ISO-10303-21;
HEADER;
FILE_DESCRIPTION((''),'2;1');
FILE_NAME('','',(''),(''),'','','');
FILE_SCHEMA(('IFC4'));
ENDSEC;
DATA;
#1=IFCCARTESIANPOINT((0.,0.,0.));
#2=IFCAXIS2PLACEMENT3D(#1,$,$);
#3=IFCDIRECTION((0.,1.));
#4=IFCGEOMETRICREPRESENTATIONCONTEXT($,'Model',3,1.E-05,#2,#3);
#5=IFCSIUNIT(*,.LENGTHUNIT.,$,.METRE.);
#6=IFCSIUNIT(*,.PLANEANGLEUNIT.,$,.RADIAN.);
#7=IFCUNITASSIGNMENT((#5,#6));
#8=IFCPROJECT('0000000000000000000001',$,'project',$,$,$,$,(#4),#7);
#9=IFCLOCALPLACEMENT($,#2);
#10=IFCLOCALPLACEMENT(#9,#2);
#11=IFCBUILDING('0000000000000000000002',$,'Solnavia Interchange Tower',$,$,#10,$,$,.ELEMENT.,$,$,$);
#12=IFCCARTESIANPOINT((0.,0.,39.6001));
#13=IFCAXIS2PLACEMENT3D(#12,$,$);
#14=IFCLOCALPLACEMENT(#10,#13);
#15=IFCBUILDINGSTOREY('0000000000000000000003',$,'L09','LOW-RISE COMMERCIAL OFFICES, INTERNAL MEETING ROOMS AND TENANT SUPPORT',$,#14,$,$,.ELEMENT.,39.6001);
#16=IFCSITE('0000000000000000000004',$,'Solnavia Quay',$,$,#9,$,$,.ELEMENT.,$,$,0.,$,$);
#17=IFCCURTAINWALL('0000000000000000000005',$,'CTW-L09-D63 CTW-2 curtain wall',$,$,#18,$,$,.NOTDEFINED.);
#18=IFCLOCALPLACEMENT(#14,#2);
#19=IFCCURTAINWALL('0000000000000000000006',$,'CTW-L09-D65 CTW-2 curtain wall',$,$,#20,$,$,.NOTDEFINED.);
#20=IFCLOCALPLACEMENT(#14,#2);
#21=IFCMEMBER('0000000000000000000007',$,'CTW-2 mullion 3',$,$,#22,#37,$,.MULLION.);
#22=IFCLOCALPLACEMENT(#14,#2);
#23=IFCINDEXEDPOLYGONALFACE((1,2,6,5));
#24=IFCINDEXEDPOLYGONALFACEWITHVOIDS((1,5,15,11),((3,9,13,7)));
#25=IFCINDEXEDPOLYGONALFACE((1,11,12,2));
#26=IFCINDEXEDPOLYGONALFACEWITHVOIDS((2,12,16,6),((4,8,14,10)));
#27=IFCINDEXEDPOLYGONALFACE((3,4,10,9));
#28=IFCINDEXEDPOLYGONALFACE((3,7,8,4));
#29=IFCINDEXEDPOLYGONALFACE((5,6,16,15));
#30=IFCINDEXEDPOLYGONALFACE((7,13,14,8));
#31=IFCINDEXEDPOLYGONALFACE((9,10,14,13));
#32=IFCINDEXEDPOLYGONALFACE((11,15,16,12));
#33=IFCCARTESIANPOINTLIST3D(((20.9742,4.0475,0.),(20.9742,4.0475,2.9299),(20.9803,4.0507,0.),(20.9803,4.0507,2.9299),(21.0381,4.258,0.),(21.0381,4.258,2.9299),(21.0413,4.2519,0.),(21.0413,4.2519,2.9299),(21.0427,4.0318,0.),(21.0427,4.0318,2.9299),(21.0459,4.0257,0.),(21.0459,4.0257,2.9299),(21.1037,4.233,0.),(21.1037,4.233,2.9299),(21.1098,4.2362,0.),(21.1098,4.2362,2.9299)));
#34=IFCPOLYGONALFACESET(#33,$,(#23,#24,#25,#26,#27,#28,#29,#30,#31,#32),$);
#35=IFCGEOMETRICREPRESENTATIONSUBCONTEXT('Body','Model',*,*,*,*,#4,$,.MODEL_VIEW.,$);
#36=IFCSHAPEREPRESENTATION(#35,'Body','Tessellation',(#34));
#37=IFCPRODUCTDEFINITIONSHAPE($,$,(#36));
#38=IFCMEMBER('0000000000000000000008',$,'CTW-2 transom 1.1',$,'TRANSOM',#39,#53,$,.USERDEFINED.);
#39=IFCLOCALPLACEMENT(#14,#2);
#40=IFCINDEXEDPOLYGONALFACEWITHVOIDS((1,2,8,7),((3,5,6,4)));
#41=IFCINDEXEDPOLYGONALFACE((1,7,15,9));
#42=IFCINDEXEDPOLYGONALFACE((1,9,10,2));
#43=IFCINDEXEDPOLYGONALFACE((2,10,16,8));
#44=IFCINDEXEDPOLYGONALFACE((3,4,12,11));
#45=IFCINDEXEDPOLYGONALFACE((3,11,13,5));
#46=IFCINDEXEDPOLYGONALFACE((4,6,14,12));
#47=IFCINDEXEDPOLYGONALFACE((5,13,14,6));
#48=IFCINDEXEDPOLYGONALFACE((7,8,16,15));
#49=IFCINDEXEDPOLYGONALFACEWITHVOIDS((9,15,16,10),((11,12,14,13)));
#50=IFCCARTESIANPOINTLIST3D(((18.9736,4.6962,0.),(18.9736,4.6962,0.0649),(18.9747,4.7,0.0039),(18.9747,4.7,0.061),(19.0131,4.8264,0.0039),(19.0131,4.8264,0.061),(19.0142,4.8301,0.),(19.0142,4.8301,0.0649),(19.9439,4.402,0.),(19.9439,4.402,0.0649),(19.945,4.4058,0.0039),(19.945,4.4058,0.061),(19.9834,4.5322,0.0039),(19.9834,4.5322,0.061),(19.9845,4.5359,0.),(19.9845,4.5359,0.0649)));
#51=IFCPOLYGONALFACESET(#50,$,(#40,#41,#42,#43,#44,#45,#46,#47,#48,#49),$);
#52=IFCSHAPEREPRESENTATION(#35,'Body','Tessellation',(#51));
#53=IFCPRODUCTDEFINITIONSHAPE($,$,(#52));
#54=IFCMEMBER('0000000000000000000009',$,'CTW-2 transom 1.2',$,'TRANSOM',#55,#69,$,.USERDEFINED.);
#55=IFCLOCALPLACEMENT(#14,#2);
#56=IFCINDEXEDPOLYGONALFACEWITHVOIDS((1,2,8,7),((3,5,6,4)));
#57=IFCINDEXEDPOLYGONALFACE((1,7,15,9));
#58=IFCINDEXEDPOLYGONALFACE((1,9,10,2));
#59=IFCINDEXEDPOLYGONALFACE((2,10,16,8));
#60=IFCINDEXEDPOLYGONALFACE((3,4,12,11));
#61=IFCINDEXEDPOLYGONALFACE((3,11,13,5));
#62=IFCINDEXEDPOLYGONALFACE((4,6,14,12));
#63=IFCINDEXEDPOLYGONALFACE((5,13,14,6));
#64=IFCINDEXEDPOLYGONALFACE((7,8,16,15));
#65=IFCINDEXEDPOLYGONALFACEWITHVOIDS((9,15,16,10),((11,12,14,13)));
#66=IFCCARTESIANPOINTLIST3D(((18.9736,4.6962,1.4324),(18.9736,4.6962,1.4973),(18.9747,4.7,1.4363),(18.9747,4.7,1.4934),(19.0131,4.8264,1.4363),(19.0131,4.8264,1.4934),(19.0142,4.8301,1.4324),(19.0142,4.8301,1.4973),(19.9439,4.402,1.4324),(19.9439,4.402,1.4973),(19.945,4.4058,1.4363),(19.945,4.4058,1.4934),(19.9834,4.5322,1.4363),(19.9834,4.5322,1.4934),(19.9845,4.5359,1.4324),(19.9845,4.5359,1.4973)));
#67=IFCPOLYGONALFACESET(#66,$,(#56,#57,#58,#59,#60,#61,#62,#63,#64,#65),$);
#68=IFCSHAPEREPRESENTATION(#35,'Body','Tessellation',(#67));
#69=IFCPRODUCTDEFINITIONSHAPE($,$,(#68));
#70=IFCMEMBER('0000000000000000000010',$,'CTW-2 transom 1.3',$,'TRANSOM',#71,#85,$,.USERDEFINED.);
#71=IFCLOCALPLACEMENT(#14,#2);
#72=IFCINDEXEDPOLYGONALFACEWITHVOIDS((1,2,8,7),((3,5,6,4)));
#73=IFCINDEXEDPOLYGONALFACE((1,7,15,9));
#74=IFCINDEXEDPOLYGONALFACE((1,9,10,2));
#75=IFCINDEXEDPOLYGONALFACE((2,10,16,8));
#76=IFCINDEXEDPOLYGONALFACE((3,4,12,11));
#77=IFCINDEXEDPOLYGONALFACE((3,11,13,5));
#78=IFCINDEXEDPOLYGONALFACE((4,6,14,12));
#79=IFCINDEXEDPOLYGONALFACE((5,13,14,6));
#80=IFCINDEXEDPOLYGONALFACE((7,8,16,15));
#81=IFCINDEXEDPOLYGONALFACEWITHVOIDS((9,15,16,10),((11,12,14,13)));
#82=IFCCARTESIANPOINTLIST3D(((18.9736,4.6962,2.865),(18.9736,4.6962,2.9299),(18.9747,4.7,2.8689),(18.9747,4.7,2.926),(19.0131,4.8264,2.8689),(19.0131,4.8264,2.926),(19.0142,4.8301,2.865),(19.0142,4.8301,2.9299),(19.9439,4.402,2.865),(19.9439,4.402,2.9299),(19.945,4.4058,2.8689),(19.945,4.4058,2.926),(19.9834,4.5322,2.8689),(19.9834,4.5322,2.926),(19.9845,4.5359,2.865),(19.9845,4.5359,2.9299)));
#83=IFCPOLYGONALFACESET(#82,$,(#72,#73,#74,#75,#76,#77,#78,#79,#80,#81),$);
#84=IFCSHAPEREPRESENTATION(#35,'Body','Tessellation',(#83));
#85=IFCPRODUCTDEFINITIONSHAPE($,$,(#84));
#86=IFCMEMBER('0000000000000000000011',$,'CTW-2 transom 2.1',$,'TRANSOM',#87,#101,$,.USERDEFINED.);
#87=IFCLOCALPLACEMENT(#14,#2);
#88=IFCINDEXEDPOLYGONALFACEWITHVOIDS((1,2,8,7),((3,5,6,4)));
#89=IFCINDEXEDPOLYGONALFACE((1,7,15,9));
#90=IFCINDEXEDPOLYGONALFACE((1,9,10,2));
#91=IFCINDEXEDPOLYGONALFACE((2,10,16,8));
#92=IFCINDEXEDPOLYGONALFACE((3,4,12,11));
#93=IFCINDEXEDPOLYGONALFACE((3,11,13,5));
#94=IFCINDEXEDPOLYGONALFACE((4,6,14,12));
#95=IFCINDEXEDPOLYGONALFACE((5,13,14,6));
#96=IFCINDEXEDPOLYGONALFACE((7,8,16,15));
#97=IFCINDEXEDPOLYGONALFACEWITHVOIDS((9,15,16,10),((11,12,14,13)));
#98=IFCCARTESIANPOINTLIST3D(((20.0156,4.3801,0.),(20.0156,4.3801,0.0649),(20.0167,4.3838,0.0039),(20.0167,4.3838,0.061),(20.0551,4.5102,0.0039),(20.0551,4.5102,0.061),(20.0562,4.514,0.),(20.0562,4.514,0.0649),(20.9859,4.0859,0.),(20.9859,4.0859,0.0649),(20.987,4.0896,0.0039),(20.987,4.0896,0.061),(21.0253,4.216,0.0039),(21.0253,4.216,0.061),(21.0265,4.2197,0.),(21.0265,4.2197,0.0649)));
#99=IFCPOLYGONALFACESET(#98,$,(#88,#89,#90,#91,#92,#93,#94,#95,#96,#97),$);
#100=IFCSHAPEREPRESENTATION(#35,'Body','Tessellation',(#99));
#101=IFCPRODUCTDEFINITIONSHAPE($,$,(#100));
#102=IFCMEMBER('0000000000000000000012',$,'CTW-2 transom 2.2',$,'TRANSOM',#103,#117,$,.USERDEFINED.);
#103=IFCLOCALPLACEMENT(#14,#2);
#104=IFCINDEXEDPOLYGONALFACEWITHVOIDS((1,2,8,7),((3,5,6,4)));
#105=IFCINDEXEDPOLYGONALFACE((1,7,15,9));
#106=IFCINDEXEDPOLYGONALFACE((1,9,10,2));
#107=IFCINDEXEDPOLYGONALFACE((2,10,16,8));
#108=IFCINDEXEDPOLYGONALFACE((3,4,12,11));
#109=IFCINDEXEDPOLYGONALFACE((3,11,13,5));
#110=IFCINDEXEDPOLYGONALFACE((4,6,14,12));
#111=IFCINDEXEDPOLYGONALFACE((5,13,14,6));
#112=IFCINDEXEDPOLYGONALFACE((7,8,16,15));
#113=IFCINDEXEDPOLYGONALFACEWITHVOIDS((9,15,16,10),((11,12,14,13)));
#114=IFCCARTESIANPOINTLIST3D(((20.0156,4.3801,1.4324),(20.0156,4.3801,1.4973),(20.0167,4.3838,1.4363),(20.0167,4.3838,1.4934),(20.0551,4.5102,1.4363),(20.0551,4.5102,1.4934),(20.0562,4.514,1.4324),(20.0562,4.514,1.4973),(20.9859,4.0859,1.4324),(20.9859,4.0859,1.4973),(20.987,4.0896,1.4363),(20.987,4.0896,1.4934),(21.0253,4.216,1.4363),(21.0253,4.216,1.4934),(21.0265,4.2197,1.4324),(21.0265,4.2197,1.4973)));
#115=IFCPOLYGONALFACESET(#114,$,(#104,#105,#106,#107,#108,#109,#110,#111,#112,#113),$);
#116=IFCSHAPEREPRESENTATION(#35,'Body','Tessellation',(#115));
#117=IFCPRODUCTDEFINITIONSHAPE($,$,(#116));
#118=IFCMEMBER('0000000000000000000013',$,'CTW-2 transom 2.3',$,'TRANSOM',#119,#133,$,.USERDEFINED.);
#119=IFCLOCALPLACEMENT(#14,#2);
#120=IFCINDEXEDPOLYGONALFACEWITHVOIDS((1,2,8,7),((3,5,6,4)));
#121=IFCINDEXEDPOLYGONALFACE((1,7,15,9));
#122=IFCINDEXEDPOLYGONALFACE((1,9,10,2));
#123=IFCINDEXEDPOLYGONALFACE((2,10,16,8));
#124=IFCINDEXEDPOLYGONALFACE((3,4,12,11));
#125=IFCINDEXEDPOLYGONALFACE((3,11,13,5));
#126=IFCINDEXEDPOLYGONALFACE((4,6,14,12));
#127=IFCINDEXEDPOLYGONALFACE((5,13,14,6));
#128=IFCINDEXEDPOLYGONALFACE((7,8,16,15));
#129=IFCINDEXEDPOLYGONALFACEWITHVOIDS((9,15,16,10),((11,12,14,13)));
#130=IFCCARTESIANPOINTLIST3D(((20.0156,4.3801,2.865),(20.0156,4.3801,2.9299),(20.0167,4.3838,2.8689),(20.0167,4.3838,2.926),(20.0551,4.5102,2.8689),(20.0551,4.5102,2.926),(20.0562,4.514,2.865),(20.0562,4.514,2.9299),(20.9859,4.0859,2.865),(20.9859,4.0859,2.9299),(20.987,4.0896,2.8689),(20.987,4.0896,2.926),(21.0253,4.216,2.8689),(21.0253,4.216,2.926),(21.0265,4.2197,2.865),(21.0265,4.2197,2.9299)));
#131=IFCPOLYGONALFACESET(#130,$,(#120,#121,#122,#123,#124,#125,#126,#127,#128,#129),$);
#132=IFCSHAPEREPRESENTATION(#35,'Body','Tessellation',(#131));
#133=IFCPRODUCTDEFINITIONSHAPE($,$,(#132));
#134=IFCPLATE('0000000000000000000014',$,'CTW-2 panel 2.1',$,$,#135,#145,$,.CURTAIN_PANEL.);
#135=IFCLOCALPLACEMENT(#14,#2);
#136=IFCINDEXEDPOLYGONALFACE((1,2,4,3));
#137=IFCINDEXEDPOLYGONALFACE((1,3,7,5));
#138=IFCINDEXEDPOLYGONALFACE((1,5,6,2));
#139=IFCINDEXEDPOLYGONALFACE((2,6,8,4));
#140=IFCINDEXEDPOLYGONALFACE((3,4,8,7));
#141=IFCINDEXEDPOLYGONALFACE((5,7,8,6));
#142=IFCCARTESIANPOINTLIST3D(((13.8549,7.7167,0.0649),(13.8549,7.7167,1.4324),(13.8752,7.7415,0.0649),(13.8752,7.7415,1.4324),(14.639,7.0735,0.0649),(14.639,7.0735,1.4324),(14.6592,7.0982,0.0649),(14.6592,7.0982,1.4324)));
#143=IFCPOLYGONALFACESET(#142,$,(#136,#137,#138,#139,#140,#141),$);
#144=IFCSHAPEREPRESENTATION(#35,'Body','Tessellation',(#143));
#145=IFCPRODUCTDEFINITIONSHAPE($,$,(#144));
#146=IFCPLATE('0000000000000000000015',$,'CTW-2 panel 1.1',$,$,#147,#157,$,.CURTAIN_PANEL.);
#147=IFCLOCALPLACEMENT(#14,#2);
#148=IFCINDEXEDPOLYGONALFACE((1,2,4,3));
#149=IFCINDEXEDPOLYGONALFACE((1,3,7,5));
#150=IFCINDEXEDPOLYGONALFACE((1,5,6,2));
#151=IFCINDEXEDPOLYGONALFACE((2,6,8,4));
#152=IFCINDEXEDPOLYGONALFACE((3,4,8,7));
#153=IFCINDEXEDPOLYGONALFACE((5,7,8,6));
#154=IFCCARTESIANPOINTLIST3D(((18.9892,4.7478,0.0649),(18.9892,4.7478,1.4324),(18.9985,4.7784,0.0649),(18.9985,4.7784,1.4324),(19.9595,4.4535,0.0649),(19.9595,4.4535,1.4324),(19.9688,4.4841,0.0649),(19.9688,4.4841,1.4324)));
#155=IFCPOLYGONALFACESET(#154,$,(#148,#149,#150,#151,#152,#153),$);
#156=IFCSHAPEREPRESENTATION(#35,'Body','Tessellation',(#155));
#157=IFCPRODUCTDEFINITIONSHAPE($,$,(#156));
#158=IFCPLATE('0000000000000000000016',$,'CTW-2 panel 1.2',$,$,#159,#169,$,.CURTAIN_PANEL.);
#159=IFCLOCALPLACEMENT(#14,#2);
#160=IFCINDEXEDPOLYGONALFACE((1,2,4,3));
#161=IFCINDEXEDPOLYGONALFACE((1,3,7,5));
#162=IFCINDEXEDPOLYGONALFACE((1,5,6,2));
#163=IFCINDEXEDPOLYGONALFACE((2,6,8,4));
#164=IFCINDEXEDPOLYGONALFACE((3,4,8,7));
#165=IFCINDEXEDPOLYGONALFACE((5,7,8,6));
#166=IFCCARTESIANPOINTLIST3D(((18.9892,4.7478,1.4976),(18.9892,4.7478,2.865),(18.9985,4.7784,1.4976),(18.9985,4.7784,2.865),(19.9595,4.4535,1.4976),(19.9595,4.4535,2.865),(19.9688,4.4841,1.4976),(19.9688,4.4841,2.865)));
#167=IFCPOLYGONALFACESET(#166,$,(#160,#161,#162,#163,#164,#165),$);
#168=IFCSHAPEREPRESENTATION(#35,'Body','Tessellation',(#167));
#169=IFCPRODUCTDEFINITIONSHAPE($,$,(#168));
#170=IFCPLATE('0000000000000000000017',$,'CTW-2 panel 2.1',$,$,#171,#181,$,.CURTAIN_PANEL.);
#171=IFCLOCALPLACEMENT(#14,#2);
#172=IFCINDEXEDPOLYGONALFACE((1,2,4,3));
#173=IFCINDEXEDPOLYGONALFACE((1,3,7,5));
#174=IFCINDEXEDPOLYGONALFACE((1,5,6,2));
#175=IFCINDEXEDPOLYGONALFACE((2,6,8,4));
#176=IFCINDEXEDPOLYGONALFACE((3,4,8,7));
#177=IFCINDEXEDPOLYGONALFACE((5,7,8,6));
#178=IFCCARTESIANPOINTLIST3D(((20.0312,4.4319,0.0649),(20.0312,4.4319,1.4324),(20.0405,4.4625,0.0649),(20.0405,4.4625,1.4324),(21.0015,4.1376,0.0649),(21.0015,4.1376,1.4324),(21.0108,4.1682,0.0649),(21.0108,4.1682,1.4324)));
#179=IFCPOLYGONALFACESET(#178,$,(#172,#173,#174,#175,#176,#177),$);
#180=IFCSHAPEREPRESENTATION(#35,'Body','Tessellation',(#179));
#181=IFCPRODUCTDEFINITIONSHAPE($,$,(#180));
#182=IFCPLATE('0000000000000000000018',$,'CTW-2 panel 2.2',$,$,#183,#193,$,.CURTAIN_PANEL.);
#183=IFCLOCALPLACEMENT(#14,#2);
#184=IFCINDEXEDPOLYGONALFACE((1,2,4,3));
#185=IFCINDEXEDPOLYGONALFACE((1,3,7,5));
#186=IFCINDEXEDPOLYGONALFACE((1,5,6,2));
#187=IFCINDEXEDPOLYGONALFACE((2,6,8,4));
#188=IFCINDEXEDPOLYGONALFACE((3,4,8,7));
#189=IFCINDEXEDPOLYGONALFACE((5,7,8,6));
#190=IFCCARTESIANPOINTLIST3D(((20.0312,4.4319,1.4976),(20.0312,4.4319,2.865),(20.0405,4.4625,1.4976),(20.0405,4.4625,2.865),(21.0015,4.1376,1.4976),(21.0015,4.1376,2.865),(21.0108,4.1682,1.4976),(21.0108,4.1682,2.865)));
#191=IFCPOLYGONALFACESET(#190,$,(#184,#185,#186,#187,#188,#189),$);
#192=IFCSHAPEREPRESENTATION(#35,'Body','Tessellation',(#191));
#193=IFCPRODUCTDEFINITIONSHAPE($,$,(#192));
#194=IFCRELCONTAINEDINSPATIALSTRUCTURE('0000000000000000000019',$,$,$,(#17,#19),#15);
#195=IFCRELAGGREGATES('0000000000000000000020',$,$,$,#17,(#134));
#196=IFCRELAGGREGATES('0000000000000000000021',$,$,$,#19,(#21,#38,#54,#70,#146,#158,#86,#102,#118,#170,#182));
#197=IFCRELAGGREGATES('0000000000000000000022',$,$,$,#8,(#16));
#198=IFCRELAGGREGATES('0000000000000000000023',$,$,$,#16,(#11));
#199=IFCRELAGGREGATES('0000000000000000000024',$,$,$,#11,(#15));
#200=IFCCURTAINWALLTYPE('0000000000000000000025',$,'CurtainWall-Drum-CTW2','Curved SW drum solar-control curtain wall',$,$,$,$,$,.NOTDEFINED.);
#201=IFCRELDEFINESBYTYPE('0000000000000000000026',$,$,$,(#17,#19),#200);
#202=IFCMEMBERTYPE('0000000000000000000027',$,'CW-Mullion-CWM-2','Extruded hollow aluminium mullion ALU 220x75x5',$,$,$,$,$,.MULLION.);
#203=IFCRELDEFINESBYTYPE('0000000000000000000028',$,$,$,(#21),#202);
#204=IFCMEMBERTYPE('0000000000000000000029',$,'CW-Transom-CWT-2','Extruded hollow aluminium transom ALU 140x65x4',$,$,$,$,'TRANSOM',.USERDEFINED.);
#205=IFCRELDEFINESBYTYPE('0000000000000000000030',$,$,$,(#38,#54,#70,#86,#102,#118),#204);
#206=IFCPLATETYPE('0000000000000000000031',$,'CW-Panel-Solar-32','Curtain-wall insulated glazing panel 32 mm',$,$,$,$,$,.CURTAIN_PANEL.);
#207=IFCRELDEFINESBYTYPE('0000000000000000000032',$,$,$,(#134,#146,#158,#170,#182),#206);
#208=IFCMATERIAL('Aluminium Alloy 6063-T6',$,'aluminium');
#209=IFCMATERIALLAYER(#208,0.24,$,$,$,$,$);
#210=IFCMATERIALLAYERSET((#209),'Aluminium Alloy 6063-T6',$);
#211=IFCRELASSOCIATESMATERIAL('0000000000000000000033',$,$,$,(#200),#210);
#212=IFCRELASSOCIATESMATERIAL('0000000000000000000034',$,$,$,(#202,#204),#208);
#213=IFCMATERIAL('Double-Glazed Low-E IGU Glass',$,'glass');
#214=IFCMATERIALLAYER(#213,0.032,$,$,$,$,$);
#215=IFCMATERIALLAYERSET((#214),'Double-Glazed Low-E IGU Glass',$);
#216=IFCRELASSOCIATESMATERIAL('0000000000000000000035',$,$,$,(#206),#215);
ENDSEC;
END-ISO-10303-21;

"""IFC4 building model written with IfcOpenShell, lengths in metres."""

from ifc_helpers import new_model, si_unit, direction, frame, origin, origin_2d, place, context, subcontext, project, spatial, rectangle, hollow_rectangle, extrude, material, layer, layer_set, material_profile, profile_set, type_object, element, aggregate, save


model = new_model("IFC4")

# Units and contexts
model_context = context("Model", 3, precision=1e-05, world=origin(), true_north=direction((0.0, 1.0)))
body_context = subcontext(model_context, "Body", "Model", "MODEL_VIEW")
ifc_project = project(units=[si_unit("LENGTHUNIT", "METRE"), si_unit("PLANEANGLEUNIT", "RADIAN")], contexts=[model_context])

# Site, building, storey
site_placement = place(None, origin())
site = spatial("IfcSite", under=ifc_project, at=site_placement, Name="Solnavia Quay", CompositionType="ELEMENT", RefElevation=0.0)
building_placement = place(site_placement, origin())
building = spatial("IfcBuilding", under=site, at=building_placement, Name="Solnavia Interchange Tower", CompositionType="ELEMENT")
storey_placement = place(building_placement, frame((0.0, 0.0, 39.6001)))
storey = spatial("IfcBuildingStorey", under=building, at=storey_placement, Name="L09", Description="LOW-RISE COMMERCIAL OFFICES, INTERNAL MEETING ROOMS AND TENANT SUPPORT", CompositionType="ELEMENT", Elevation=39.6001)

# Curtain wall
ifc_material_1 = material(Name="Aluminium Alloy 6063-T6", Category="aluminium")
ifc_layer_1 = layer(ifc_material_1, 0.24)
ifc_layer_set_1 = layer_set([ifc_layer_1], Name="Aluminium Alloy 6063-T6")
curtain_wall_type = type_object("IfcCurtainWallType", Name="CurtainWall-Drum-CTW2", Description="Curved SW drum solar-control curtain wall", PredefinedType="NOTDEFINED", material=ifc_layer_set_1)
curtain_wall_1_placement = place(storey_placement, origin())
curtain_wall_1 = element("IfcCurtainWall", 1, at=curtain_wall_1_placement, inside=storey, type_object=curtain_wall_type, Name="CTW-L09-D63 CTW-2 curtain wall", PredefinedType="NOTDEFINED")
ifc_material_profile_1 = material_profile(ifc_material_1, hollow_rectangle(XDim=0.075, YDim=0.22, WallThickness=0.0049, at=origin_2d()), Name="ALU 220x75x5")
ifc_profile_set_1 = profile_set([ifc_material_profile_1], Name="Aluminium Alloy 6063-T6")
member_type_1 = type_object("IfcMemberType", Name="CW-Mullion-CWM-2", Description="Extruded hollow aluminium mullion ALU 220x75x5", PredefinedType="MULLION", material=ifc_profile_set_1)

# Curtain wall, members
curtain_wall_2_placement = place(storey_placement, origin())
curtain_wall_2 = element("IfcCurtainWall", 2, at=curtain_wall_2_placement, inside=storey, type_object=curtain_wall_type, Name="CTW-L09-D65 CTW-2 curtain wall", PredefinedType="NOTDEFINED")
member_1_placement = place(storey_placement, frame((21.042, 4.1418, 0.0), z_axis=(0.0, 0.0, 1.0), x_axis=(0.956935, -0.290303, 0.0)))
member_1 = element("IfcMember", 3, at=member_1_placement, type_object=member_type_1, Name="CTW-2 mullion 3", PredefinedType="MULLION", context=body_context, shape_type="SweptSolid", body=[
    extrude(hollow_rectangle(XDim=0.075, YDim=0.22, WallThickness=0.0049, at=origin_2d()), origin(), (0.0, 0.0, 1.0), 2.9299),
])
ifc_material_profile_2 = material_profile(ifc_material_1, hollow_rectangle(XDim=0.0649, YDim=0.1399, WallThickness=0.0039, at=origin_2d()), Name="ALU 140x65x4")
ifc_profile_set_2 = profile_set([ifc_material_profile_2], Name="Aluminium Alloy 6063-T6")
member_type_2 = type_object("IfcMemberType", Name="CW-Transom-CWT-2", Description="Extruded hollow aluminium transom ALU 140x65x4", ElementType="TRANSOM", PredefinedType="USERDEFINED", material=ifc_profile_set_2)
member_2_placement = place(storey_placement, frame((18.9939, 4.7632, 0.0325), z_axis=(0.956974, -0.290174, 0.0), x_axis=(0.0, 0.0, 1.0)))
member_2 = element("IfcMember", 4, at=member_2_placement, type_object=member_type_2, Name="CTW-2 transom 1.1", ObjectType="TRANSOM", PredefinedType="USERDEFINED", context=body_context, shape_type="SweptSolid", body=[
    extrude(hollow_rectangle(XDim=0.0649, YDim=0.1399, WallThickness=0.0039, at=origin_2d()), origin(), (0.0, 0.0, 1.0), 1.0139),
])
member_3_placement = place(storey_placement, frame((18.9939, 4.7632, 1.4648), z_axis=(0.956974, -0.290174, 0.0), x_axis=(0.0, 0.0, 1.0)))
member_3 = element("IfcMember", 5, at=member_3_placement, type_object=member_type_2, Name="CTW-2 transom 1.2", ObjectType="TRANSOM", PredefinedType="USERDEFINED", context=body_context, shape_type="SweptSolid", body=[
    extrude(hollow_rectangle(XDim=0.0649, YDim=0.1399, WallThickness=0.0039, at=origin_2d()), origin(), (0.0, 0.0, 1.0), 1.0139),
])
member_4_placement = place(storey_placement, frame((18.9939, 4.7632, 2.8975), z_axis=(0.956974, -0.290174, 0.0), x_axis=(0.0, 0.0, 1.0)))
member_4 = element("IfcMember", 6, at=member_4_placement, type_object=member_type_2, Name="CTW-2 transom 1.3", ObjectType="TRANSOM", PredefinedType="USERDEFINED", context=body_context, shape_type="SweptSolid", body=[
    extrude(hollow_rectangle(XDim=0.0649, YDim=0.1399, WallThickness=0.0039, at=origin_2d()), origin(), (0.0, 0.0, 1.0), 1.0139),
])
member_5_placement = place(storey_placement, frame((20.0359, 4.447, 0.0325), z_axis=(0.956974, -0.290174, 0.0), x_axis=(0.0, 0.0, 1.0)))
member_5 = element("IfcMember", 7, at=member_5_placement, type_object=member_type_2, Name="CTW-2 transom 2.1", ObjectType="TRANSOM", PredefinedType="USERDEFINED", context=body_context, shape_type="SweptSolid", body=[
    extrude(hollow_rectangle(XDim=0.0649, YDim=0.1399, WallThickness=0.0039, at=origin_2d()), origin(), (0.0, 0.0, 1.0), 1.0139),
])
member_6_placement = place(storey_placement, frame((20.0359, 4.447, 1.4648), z_axis=(0.956974, -0.290174, 0.0), x_axis=(0.0, 0.0, 1.0)))
member_6 = element("IfcMember", 8, at=member_6_placement, type_object=member_type_2, Name="CTW-2 transom 2.2", ObjectType="TRANSOM", PredefinedType="USERDEFINED", context=body_context, shape_type="SweptSolid", body=[
    extrude(hollow_rectangle(XDim=0.0649, YDim=0.1399, WallThickness=0.0039, at=origin_2d()), origin(), (0.0, 0.0, 1.0), 1.0139),
])
member_7_placement = place(storey_placement, frame((20.0359, 4.447, 2.8975), z_axis=(0.956974, -0.290174, 0.0), x_axis=(0.0, 0.0, 1.0)))
member_7 = element("IfcMember", 9, at=member_7_placement, type_object=member_type_2, Name="CTW-2 transom 2.3", ObjectType="TRANSOM", PredefinedType="USERDEFINED", context=body_context, shape_type="SweptSolid", body=[
    extrude(hollow_rectangle(XDim=0.0649, YDim=0.1399, WallThickness=0.0039, at=origin_2d()), origin(), (0.0, 0.0, 1.0), 1.0139),
])

# Plates
ifc_material_2 = material(Name="Double-Glazed Low-E IGU Glass", Category="glass")
ifc_layer_2 = layer(ifc_material_2, 0.032)
ifc_layer_set_2 = layer_set([ifc_layer_2], Name="Double-Glazed Low-E IGU Glass")
plate_type = type_object("IfcPlateType", Name="CW-Panel-Solar-32", Description="Curtain-wall insulated glazing panel 32 mm", PredefinedType="CURTAIN_PANEL", material=ifc_layer_set_2)
plate_1_placement = place(storey_placement, frame((14.2571, 7.4075, 0.0649), z_axis=(0.0, 0.0, 1.0), x_axis=(0.773095, -0.634291, 0.0)))
plate_1 = element("IfcPlate", 10, at=plate_1_placement, type_object=plate_type, Name="CTW-2 panel 2.1", PredefinedType="CURTAIN_PANEL", context=body_context, shape_type="SweptSolid", body=[
    extrude(rectangle(XDim=1.0142, YDim=0.032, at=origin_2d()), origin(), (0.0, 0.0, 1.0), 1.3674),
])
aggregate(curtain_wall_1, [plate_1])
plate_2_placement = place(storey_placement, frame((19.479, 4.616, 0.0649), z_axis=(0.0, 0.0, 1.0), x_axis=(0.956935, -0.290303, 0.0)))
plate_2 = element("IfcPlate", 11, at=plate_2_placement, type_object=plate_type, Name="CTW-2 panel 1.1", PredefinedType="CURTAIN_PANEL", context=body_context, shape_type="SweptSolid", body=[
    extrude(rectangle(XDim=1.0139, YDim=0.032, at=origin_2d()), origin(), (0.0, 0.0, 1.0), 1.3674),
])
plate_3_placement = place(storey_placement, frame((19.479, 4.616, 1.4976), z_axis=(0.0, 0.0, 1.0), x_axis=(0.956935, -0.290303, 0.0)))
plate_3 = element("IfcPlate", 12, at=plate_3_placement, type_object=plate_type, Name="CTW-2 panel 1.2", PredefinedType="CURTAIN_PANEL", context=body_context, shape_type="SweptSolid", body=[
    extrude(rectangle(XDim=1.0139, YDim=0.032, at=origin_2d()), origin(), (0.0, 0.0, 1.0), 1.3674),
])
plate_4_placement = place(storey_placement, frame((20.521, 4.3, 0.0649), z_axis=(0.0, 0.0, 1.0), x_axis=(0.956935, -0.290303, 0.0)))
plate_4 = element("IfcPlate", 13, at=plate_4_placement, type_object=plate_type, Name="CTW-2 panel 2.1", PredefinedType="CURTAIN_PANEL", context=body_context, shape_type="SweptSolid", body=[
    extrude(rectangle(XDim=1.0139, YDim=0.032, at=origin_2d()), origin(), (0.0, 0.0, 1.0), 1.3674),
])
plate_5_placement = place(storey_placement, frame((20.521, 4.3, 1.4976), z_axis=(0.0, 0.0, 1.0), x_axis=(0.956935, -0.290303, 0.0)))
plate_5 = element("IfcPlate", 14, at=plate_5_placement, type_object=plate_type, Name="CTW-2 panel 2.2", PredefinedType="CURTAIN_PANEL", context=body_context, shape_type="SweptSolid", body=[
    extrude(rectangle(XDim=1.0139, YDim=0.032, at=origin_2d()), origin(), (0.0, 0.0, 1.0), 1.3674),
])
aggregate(curtain_wall_2, [member_1, member_2, member_3, member_4, plate_2, plate_3, member_5, member_6, member_7, plate_4, plate_5])

save(model, "model.ifc")
